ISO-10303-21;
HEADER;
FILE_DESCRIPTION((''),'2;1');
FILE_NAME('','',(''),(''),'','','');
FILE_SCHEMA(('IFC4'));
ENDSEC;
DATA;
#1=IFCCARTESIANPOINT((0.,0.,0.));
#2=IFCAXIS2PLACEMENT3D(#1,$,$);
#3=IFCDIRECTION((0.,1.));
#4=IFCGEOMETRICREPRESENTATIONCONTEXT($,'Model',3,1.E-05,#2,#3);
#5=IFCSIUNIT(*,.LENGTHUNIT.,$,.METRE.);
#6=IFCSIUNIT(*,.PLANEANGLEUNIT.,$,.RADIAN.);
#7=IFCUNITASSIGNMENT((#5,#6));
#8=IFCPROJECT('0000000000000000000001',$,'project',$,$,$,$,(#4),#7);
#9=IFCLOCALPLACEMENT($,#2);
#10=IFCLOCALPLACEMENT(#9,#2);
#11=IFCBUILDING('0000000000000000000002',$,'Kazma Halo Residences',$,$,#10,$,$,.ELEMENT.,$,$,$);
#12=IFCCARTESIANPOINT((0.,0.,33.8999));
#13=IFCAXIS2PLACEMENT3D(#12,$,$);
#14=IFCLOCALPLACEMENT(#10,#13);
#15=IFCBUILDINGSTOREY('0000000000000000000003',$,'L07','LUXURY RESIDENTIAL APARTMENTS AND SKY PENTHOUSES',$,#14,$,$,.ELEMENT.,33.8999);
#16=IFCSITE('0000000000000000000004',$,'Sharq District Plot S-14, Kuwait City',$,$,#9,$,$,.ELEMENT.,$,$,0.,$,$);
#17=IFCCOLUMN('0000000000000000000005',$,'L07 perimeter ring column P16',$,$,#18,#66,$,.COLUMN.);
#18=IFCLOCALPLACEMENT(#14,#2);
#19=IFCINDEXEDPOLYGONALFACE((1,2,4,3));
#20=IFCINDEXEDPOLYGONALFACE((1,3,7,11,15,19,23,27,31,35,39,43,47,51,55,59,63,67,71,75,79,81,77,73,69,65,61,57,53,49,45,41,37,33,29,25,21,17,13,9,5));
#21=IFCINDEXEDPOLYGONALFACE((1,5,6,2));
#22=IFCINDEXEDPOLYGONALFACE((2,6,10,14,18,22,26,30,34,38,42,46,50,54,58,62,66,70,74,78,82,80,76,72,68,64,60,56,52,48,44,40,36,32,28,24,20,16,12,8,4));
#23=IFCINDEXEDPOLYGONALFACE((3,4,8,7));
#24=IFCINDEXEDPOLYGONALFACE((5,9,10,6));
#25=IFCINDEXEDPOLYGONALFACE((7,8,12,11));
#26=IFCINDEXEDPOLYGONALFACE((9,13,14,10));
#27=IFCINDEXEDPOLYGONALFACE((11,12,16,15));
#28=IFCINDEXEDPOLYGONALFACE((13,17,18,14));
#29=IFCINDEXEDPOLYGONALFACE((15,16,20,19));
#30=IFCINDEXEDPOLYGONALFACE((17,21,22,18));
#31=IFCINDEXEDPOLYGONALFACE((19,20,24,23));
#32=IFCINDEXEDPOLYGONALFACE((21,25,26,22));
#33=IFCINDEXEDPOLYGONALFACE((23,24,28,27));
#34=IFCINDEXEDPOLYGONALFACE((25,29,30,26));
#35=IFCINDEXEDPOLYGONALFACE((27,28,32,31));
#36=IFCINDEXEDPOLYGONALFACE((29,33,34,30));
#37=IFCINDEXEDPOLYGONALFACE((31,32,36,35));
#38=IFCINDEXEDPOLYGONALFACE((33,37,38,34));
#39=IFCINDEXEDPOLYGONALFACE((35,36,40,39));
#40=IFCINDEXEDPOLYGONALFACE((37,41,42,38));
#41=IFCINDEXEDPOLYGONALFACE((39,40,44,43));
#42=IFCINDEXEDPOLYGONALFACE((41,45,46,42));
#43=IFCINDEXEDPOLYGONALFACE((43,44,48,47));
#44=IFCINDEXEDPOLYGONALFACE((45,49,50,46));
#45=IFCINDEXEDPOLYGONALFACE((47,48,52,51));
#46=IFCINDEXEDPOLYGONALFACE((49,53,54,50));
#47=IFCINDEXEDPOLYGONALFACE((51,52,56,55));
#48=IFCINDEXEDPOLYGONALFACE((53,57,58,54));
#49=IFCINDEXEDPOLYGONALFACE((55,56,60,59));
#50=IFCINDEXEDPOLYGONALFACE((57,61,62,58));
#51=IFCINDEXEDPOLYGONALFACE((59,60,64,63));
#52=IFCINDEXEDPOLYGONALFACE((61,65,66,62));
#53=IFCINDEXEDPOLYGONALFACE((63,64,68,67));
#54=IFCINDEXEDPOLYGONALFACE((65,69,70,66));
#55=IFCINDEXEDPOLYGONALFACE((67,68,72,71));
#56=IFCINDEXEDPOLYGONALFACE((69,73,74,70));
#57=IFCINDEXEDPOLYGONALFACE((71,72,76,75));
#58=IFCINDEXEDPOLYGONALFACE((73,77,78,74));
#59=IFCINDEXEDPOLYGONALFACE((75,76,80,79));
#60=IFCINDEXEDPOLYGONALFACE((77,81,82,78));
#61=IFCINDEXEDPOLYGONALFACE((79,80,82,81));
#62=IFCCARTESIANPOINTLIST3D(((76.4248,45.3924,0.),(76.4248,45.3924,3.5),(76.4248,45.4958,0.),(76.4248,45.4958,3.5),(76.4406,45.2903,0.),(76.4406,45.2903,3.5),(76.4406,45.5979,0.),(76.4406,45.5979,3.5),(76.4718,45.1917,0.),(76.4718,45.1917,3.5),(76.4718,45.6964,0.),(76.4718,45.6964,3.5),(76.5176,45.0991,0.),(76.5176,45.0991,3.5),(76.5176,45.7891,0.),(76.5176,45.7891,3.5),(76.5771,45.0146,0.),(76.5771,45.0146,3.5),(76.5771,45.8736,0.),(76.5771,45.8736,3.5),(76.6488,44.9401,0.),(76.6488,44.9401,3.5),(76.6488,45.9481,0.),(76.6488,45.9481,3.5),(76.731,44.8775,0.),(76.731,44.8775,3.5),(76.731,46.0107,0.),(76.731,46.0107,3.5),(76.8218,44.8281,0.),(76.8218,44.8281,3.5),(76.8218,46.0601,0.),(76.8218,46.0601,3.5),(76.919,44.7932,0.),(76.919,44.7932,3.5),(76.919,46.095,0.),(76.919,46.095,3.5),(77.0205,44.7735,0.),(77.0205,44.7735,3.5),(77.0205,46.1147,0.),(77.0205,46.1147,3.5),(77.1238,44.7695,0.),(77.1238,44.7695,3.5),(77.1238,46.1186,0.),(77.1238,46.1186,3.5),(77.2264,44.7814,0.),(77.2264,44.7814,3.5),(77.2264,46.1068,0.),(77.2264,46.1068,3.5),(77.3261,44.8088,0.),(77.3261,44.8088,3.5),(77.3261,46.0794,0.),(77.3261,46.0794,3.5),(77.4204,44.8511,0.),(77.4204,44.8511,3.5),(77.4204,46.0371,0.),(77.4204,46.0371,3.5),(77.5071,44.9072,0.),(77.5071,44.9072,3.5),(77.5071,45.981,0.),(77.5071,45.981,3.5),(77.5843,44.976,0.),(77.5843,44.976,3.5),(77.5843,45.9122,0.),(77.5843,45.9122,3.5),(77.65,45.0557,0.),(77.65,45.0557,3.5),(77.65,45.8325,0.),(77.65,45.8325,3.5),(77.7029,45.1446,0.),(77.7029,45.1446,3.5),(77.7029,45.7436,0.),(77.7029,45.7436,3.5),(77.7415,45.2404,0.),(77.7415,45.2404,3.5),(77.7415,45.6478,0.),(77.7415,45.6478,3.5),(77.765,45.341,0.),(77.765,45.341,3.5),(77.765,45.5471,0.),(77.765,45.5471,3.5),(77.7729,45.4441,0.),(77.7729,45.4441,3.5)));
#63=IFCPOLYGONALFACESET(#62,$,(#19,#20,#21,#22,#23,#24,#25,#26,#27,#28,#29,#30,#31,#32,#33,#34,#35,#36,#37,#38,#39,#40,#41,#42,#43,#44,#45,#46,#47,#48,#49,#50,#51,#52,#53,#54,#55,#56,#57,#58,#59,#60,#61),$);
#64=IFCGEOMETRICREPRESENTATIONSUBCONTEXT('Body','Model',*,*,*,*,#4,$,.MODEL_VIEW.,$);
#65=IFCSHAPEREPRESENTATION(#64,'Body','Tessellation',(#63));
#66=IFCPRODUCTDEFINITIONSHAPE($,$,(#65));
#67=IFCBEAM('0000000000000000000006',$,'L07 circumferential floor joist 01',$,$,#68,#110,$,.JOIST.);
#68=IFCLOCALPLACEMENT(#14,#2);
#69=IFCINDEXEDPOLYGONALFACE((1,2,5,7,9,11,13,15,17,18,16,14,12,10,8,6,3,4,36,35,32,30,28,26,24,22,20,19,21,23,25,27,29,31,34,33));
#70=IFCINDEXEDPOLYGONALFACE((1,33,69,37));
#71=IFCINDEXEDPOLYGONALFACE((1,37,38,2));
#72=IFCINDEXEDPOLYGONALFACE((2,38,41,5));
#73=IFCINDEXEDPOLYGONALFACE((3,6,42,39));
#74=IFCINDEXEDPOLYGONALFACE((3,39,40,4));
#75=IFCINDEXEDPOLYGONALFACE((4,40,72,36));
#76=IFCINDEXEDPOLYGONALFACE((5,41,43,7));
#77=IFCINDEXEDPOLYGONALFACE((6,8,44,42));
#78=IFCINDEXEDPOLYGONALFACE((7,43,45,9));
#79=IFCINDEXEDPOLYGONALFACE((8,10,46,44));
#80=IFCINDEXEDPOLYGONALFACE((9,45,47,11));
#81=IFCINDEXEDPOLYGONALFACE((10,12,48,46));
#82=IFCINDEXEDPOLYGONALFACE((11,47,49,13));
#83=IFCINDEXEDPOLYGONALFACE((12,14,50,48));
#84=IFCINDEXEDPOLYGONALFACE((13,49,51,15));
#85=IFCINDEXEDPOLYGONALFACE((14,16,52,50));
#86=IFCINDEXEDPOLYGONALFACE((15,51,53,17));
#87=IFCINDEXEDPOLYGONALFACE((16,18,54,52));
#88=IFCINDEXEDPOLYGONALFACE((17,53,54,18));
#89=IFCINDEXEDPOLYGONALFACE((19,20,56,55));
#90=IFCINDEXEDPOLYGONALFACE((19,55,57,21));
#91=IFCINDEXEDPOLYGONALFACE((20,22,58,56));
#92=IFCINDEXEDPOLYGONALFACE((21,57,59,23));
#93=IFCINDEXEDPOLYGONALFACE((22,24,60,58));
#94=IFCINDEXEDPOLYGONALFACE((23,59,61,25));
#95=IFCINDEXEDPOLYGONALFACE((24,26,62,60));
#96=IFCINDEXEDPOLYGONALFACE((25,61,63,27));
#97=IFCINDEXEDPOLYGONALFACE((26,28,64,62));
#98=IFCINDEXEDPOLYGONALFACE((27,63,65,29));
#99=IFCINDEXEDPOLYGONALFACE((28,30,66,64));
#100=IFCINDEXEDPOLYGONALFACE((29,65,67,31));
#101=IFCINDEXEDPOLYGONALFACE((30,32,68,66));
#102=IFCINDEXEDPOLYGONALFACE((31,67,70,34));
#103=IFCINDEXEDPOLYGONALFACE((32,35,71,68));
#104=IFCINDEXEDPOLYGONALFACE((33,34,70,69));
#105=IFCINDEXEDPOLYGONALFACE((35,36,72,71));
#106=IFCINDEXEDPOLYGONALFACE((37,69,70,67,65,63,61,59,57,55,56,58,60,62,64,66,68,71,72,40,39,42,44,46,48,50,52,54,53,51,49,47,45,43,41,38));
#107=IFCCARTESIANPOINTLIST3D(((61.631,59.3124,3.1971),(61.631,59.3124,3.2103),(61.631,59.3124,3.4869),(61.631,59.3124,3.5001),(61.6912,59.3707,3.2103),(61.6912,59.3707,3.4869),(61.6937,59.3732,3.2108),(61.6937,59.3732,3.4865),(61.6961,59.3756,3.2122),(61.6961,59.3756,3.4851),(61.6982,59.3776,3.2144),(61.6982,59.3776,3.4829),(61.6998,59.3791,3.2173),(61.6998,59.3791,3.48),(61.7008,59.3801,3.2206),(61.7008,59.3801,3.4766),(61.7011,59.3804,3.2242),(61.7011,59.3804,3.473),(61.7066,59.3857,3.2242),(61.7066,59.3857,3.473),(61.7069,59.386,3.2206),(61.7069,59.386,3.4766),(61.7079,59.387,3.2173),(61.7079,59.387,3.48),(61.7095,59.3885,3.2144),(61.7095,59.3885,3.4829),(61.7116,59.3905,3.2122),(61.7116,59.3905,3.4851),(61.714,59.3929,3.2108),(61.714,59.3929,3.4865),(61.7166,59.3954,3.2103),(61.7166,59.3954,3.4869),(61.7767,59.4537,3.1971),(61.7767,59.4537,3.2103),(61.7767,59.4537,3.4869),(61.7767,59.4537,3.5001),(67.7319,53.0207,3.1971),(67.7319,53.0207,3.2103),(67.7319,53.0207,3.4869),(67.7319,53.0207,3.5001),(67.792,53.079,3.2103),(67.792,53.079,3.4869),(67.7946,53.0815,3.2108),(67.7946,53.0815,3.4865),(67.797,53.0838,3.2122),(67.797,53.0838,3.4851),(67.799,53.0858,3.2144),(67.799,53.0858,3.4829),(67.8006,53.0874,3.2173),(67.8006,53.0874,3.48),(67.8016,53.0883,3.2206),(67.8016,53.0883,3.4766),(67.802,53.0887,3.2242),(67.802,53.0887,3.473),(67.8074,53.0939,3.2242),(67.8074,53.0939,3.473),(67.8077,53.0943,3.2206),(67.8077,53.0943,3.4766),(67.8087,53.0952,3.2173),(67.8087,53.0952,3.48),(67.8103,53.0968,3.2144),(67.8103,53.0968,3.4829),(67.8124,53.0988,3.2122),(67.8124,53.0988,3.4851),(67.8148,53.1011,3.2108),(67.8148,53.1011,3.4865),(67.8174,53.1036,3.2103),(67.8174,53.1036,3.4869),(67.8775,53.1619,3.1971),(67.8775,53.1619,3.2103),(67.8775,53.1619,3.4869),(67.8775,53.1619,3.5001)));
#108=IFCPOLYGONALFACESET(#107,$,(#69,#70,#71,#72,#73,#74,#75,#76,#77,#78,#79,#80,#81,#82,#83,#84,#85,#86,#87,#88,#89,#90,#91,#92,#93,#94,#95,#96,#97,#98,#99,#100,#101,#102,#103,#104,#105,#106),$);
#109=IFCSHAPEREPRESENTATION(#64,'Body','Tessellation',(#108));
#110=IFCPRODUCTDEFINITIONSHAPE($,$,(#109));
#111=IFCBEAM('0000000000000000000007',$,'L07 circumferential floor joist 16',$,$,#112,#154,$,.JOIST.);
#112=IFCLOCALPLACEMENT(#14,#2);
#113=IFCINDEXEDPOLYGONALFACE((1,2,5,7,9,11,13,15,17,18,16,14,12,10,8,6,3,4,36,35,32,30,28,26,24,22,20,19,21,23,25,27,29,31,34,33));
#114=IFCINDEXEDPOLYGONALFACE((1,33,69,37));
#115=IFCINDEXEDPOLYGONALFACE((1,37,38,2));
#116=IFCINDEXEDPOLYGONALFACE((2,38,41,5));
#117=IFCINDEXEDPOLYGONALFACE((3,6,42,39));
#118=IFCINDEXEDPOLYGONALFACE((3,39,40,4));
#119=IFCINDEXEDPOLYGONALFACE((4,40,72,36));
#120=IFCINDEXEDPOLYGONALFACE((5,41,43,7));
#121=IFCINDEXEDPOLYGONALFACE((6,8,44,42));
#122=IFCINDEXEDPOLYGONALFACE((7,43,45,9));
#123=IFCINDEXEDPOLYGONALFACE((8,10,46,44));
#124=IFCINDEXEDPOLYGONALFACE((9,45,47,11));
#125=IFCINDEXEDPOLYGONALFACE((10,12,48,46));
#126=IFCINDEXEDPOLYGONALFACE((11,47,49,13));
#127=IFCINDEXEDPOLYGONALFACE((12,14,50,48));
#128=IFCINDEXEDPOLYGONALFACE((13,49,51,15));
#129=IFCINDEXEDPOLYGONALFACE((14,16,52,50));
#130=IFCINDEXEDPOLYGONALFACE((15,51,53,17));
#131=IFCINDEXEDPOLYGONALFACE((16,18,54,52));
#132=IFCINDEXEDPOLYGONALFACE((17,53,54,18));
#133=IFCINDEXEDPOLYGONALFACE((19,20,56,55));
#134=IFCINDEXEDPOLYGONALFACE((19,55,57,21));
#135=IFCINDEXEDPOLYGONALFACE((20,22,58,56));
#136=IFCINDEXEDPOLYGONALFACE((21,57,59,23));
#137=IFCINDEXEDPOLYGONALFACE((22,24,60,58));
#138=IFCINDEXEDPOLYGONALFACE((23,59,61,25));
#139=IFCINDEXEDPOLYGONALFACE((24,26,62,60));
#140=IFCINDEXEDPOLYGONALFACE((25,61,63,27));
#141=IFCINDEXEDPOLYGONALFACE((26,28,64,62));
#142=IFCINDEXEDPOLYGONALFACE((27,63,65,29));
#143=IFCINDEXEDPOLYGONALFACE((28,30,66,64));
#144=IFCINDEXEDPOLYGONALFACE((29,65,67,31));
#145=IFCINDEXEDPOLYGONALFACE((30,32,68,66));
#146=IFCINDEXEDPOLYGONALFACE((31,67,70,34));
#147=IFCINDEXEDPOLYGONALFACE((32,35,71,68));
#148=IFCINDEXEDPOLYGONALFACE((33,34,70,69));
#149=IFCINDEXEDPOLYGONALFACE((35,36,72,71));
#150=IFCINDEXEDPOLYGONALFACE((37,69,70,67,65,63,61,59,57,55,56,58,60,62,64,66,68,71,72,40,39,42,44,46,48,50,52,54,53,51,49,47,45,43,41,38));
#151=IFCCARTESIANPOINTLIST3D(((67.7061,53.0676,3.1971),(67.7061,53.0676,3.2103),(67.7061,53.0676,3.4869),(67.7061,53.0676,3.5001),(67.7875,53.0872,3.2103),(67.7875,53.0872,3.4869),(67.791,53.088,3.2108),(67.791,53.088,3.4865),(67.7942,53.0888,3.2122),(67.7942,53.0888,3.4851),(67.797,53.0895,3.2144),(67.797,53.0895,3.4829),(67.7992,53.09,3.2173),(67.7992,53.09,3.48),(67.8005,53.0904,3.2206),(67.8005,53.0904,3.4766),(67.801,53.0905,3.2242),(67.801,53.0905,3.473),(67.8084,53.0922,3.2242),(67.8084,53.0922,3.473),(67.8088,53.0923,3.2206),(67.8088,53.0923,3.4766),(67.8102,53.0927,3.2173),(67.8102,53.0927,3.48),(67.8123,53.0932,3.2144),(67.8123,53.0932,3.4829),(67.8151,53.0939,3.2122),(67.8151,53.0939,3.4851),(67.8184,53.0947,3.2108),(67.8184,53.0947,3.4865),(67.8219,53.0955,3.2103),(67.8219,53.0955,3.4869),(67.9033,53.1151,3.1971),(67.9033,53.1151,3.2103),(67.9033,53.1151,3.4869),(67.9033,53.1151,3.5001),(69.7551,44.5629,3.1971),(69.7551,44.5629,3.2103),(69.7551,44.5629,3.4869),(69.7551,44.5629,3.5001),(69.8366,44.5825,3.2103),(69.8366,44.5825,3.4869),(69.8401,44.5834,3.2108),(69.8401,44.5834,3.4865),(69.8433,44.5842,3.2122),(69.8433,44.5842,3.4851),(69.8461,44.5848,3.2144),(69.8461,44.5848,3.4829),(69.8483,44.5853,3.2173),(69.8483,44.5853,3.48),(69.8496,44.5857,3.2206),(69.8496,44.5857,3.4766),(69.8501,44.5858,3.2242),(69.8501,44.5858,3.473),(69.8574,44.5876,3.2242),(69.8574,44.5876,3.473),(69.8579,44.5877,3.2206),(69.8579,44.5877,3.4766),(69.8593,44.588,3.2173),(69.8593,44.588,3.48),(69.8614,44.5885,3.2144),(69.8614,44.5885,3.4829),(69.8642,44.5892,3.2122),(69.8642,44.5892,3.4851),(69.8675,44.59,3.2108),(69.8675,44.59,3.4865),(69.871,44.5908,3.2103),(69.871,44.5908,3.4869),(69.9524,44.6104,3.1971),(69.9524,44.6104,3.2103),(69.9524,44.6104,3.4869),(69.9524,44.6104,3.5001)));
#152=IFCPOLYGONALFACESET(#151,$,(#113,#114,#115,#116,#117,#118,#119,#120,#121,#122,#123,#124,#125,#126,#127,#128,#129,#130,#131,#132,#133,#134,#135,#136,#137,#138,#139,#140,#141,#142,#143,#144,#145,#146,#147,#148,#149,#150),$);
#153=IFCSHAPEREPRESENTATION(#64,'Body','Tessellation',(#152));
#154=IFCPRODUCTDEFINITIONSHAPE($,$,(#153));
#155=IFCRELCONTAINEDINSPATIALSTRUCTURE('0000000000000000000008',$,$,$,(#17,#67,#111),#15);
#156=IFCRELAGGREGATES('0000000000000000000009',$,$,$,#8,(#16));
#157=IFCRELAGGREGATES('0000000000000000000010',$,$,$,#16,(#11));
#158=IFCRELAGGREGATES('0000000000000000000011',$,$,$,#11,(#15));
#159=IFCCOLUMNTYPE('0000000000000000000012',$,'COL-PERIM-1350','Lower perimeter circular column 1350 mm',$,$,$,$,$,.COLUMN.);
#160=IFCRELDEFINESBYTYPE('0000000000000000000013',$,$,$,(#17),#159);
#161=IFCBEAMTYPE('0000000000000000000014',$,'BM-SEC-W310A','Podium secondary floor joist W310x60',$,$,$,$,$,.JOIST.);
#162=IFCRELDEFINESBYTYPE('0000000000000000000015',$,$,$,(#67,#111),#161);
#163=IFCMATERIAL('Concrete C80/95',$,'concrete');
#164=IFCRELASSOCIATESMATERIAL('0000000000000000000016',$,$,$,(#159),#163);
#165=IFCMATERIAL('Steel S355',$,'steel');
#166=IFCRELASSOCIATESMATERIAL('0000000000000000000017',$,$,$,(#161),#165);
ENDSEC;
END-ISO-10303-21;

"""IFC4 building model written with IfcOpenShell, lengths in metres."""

from ifc_helpers import new_model, si_unit, direction, frame, origin, origin_2d, place, context, subcontext, project, spatial, circle, i_section, extrude, material, material_profile, profile_set, type_object, element, save


model = new_model("IFC4")

# Units and contexts
model_context = context("Model", 3, precision=1e-05, world=origin(), true_north=direction((0.0, 1.0)))
body_context = subcontext(model_context, "Body", "Model", "MODEL_VIEW")
ifc_project = project(units=[si_unit("LENGTHUNIT", "METRE"), si_unit("PLANEANGLEUNIT", "RADIAN")], contexts=[model_context])

# Site, building, storey
site_placement = place(None, origin())
site = spatial("IfcSite", under=ifc_project, at=site_placement, Name="Sharq District Plot S-14, Kuwait City", CompositionType="ELEMENT", RefElevation=0.0)
building_placement = place(site_placement, origin())
building = spatial("IfcBuilding", under=site, at=building_placement, Name="Kazma Halo Residences", CompositionType="ELEMENT")
storey_placement = place(building_placement, frame((0.0, 0.0, 33.8999)))
storey = spatial("IfcBuildingStorey", under=building, at=storey_placement, Name="L07", Description="LUXURY RESIDENTIAL APARTMENTS AND SKY PENTHOUSES", CompositionType="ELEMENT", Elevation=33.8999)

# Column
ifc_material_1 = material(Name="Concrete C80/95", Category="concrete")
ifc_material_profile_1 = material_profile(ifc_material_1, circle(Radius=0.675, at=origin_2d()), Name="CIRC1350")
ifc_profile_set_1 = profile_set([ifc_material_profile_1], Name="Concrete C80/95")
column_type = type_object("IfcColumnType", Name="COL-PERIM-1350", Description="Lower perimeter circular column 1350 mm", PredefinedType="COLUMN", material=ifc_profile_set_1)
column_placement = place(storey_placement, frame((77.0979, 45.4441, 0.0), z_axis=(0.0, 0.0, 1.0), x_axis=(1.0, 0.0, 0.0)))
element("IfcColumn", 1, at=column_placement, inside=storey, type_object=column_type, Name="L07 perimeter ring column P16", PredefinedType="COLUMN", context=body_context, shape_type="SweptSolid", body=[
    extrude(circle(Radius=0.675, at=origin_2d()), origin(), (0.0, 0.0, 1.0), 3.5),
])

# Beams
ifc_material_2 = material(Name="Steel S355", Category="steel")
ifc_material_profile_2 = material_profile(ifc_material_2, i_section(OverallWidth=0.2029, OverallDepth=0.303, WebThickness=0.0076, FlangeThickness=0.0132, FilletRadius=0.0139, at=origin_2d()), Name="W310x60")
ifc_profile_set_2 = profile_set([ifc_material_profile_2], Name="Steel S355")
beam_type_1 = type_object("IfcBeamType", Name="BM-SEC-W310A", Description="Podium secondary floor joist W310x60", PredefinedType="JOIST", material=ifc_profile_set_2)
beam_1_placement = place(storey_placement, frame((67.8047, 53.0913, 3.3486), z_axis=(-0.696131, 0.717915, 0.0), x_axis=(-0.717915, -0.696131, 0.0)))
element("IfcBeam", 2, at=beam_1_placement, inside=storey, type_object=beam_type_1, Name="L07 circumferential floor joist 01", PredefinedType="JOIST", context=body_context, shape_type="SweptSolid", body=[
    extrude(i_section(OverallWidth=0.2029, OverallDepth=0.303, WebThickness=0.0076, FlangeThickness=0.0132, FilletRadius=0.0139, at=origin_2d()), origin(), (0.0, 0.0, 1.0), 8.7639),
])
beam_2_placement = place(storey_placement, frame((69.8538, 44.5867, 3.3486), z_axis=(-0.234233, 0.97218, 0.0), x_axis=(-0.97218, -0.234233, 0.0)))
element("IfcBeam", 3, at=beam_2_placement, inside=storey, type_object=beam_type_1, Name="L07 circumferential floor joist 16", PredefinedType="JOIST", context=body_context, shape_type="SweptSolid", body=[
    extrude(i_section(OverallWidth=0.2029, OverallDepth=0.303, WebThickness=0.0076, FlangeThickness=0.0132, FilletRadius=0.0139, at=origin_2d()), origin(), (0.0, 0.0, 1.0), 8.748),
])

save(model, "model.ifc")
